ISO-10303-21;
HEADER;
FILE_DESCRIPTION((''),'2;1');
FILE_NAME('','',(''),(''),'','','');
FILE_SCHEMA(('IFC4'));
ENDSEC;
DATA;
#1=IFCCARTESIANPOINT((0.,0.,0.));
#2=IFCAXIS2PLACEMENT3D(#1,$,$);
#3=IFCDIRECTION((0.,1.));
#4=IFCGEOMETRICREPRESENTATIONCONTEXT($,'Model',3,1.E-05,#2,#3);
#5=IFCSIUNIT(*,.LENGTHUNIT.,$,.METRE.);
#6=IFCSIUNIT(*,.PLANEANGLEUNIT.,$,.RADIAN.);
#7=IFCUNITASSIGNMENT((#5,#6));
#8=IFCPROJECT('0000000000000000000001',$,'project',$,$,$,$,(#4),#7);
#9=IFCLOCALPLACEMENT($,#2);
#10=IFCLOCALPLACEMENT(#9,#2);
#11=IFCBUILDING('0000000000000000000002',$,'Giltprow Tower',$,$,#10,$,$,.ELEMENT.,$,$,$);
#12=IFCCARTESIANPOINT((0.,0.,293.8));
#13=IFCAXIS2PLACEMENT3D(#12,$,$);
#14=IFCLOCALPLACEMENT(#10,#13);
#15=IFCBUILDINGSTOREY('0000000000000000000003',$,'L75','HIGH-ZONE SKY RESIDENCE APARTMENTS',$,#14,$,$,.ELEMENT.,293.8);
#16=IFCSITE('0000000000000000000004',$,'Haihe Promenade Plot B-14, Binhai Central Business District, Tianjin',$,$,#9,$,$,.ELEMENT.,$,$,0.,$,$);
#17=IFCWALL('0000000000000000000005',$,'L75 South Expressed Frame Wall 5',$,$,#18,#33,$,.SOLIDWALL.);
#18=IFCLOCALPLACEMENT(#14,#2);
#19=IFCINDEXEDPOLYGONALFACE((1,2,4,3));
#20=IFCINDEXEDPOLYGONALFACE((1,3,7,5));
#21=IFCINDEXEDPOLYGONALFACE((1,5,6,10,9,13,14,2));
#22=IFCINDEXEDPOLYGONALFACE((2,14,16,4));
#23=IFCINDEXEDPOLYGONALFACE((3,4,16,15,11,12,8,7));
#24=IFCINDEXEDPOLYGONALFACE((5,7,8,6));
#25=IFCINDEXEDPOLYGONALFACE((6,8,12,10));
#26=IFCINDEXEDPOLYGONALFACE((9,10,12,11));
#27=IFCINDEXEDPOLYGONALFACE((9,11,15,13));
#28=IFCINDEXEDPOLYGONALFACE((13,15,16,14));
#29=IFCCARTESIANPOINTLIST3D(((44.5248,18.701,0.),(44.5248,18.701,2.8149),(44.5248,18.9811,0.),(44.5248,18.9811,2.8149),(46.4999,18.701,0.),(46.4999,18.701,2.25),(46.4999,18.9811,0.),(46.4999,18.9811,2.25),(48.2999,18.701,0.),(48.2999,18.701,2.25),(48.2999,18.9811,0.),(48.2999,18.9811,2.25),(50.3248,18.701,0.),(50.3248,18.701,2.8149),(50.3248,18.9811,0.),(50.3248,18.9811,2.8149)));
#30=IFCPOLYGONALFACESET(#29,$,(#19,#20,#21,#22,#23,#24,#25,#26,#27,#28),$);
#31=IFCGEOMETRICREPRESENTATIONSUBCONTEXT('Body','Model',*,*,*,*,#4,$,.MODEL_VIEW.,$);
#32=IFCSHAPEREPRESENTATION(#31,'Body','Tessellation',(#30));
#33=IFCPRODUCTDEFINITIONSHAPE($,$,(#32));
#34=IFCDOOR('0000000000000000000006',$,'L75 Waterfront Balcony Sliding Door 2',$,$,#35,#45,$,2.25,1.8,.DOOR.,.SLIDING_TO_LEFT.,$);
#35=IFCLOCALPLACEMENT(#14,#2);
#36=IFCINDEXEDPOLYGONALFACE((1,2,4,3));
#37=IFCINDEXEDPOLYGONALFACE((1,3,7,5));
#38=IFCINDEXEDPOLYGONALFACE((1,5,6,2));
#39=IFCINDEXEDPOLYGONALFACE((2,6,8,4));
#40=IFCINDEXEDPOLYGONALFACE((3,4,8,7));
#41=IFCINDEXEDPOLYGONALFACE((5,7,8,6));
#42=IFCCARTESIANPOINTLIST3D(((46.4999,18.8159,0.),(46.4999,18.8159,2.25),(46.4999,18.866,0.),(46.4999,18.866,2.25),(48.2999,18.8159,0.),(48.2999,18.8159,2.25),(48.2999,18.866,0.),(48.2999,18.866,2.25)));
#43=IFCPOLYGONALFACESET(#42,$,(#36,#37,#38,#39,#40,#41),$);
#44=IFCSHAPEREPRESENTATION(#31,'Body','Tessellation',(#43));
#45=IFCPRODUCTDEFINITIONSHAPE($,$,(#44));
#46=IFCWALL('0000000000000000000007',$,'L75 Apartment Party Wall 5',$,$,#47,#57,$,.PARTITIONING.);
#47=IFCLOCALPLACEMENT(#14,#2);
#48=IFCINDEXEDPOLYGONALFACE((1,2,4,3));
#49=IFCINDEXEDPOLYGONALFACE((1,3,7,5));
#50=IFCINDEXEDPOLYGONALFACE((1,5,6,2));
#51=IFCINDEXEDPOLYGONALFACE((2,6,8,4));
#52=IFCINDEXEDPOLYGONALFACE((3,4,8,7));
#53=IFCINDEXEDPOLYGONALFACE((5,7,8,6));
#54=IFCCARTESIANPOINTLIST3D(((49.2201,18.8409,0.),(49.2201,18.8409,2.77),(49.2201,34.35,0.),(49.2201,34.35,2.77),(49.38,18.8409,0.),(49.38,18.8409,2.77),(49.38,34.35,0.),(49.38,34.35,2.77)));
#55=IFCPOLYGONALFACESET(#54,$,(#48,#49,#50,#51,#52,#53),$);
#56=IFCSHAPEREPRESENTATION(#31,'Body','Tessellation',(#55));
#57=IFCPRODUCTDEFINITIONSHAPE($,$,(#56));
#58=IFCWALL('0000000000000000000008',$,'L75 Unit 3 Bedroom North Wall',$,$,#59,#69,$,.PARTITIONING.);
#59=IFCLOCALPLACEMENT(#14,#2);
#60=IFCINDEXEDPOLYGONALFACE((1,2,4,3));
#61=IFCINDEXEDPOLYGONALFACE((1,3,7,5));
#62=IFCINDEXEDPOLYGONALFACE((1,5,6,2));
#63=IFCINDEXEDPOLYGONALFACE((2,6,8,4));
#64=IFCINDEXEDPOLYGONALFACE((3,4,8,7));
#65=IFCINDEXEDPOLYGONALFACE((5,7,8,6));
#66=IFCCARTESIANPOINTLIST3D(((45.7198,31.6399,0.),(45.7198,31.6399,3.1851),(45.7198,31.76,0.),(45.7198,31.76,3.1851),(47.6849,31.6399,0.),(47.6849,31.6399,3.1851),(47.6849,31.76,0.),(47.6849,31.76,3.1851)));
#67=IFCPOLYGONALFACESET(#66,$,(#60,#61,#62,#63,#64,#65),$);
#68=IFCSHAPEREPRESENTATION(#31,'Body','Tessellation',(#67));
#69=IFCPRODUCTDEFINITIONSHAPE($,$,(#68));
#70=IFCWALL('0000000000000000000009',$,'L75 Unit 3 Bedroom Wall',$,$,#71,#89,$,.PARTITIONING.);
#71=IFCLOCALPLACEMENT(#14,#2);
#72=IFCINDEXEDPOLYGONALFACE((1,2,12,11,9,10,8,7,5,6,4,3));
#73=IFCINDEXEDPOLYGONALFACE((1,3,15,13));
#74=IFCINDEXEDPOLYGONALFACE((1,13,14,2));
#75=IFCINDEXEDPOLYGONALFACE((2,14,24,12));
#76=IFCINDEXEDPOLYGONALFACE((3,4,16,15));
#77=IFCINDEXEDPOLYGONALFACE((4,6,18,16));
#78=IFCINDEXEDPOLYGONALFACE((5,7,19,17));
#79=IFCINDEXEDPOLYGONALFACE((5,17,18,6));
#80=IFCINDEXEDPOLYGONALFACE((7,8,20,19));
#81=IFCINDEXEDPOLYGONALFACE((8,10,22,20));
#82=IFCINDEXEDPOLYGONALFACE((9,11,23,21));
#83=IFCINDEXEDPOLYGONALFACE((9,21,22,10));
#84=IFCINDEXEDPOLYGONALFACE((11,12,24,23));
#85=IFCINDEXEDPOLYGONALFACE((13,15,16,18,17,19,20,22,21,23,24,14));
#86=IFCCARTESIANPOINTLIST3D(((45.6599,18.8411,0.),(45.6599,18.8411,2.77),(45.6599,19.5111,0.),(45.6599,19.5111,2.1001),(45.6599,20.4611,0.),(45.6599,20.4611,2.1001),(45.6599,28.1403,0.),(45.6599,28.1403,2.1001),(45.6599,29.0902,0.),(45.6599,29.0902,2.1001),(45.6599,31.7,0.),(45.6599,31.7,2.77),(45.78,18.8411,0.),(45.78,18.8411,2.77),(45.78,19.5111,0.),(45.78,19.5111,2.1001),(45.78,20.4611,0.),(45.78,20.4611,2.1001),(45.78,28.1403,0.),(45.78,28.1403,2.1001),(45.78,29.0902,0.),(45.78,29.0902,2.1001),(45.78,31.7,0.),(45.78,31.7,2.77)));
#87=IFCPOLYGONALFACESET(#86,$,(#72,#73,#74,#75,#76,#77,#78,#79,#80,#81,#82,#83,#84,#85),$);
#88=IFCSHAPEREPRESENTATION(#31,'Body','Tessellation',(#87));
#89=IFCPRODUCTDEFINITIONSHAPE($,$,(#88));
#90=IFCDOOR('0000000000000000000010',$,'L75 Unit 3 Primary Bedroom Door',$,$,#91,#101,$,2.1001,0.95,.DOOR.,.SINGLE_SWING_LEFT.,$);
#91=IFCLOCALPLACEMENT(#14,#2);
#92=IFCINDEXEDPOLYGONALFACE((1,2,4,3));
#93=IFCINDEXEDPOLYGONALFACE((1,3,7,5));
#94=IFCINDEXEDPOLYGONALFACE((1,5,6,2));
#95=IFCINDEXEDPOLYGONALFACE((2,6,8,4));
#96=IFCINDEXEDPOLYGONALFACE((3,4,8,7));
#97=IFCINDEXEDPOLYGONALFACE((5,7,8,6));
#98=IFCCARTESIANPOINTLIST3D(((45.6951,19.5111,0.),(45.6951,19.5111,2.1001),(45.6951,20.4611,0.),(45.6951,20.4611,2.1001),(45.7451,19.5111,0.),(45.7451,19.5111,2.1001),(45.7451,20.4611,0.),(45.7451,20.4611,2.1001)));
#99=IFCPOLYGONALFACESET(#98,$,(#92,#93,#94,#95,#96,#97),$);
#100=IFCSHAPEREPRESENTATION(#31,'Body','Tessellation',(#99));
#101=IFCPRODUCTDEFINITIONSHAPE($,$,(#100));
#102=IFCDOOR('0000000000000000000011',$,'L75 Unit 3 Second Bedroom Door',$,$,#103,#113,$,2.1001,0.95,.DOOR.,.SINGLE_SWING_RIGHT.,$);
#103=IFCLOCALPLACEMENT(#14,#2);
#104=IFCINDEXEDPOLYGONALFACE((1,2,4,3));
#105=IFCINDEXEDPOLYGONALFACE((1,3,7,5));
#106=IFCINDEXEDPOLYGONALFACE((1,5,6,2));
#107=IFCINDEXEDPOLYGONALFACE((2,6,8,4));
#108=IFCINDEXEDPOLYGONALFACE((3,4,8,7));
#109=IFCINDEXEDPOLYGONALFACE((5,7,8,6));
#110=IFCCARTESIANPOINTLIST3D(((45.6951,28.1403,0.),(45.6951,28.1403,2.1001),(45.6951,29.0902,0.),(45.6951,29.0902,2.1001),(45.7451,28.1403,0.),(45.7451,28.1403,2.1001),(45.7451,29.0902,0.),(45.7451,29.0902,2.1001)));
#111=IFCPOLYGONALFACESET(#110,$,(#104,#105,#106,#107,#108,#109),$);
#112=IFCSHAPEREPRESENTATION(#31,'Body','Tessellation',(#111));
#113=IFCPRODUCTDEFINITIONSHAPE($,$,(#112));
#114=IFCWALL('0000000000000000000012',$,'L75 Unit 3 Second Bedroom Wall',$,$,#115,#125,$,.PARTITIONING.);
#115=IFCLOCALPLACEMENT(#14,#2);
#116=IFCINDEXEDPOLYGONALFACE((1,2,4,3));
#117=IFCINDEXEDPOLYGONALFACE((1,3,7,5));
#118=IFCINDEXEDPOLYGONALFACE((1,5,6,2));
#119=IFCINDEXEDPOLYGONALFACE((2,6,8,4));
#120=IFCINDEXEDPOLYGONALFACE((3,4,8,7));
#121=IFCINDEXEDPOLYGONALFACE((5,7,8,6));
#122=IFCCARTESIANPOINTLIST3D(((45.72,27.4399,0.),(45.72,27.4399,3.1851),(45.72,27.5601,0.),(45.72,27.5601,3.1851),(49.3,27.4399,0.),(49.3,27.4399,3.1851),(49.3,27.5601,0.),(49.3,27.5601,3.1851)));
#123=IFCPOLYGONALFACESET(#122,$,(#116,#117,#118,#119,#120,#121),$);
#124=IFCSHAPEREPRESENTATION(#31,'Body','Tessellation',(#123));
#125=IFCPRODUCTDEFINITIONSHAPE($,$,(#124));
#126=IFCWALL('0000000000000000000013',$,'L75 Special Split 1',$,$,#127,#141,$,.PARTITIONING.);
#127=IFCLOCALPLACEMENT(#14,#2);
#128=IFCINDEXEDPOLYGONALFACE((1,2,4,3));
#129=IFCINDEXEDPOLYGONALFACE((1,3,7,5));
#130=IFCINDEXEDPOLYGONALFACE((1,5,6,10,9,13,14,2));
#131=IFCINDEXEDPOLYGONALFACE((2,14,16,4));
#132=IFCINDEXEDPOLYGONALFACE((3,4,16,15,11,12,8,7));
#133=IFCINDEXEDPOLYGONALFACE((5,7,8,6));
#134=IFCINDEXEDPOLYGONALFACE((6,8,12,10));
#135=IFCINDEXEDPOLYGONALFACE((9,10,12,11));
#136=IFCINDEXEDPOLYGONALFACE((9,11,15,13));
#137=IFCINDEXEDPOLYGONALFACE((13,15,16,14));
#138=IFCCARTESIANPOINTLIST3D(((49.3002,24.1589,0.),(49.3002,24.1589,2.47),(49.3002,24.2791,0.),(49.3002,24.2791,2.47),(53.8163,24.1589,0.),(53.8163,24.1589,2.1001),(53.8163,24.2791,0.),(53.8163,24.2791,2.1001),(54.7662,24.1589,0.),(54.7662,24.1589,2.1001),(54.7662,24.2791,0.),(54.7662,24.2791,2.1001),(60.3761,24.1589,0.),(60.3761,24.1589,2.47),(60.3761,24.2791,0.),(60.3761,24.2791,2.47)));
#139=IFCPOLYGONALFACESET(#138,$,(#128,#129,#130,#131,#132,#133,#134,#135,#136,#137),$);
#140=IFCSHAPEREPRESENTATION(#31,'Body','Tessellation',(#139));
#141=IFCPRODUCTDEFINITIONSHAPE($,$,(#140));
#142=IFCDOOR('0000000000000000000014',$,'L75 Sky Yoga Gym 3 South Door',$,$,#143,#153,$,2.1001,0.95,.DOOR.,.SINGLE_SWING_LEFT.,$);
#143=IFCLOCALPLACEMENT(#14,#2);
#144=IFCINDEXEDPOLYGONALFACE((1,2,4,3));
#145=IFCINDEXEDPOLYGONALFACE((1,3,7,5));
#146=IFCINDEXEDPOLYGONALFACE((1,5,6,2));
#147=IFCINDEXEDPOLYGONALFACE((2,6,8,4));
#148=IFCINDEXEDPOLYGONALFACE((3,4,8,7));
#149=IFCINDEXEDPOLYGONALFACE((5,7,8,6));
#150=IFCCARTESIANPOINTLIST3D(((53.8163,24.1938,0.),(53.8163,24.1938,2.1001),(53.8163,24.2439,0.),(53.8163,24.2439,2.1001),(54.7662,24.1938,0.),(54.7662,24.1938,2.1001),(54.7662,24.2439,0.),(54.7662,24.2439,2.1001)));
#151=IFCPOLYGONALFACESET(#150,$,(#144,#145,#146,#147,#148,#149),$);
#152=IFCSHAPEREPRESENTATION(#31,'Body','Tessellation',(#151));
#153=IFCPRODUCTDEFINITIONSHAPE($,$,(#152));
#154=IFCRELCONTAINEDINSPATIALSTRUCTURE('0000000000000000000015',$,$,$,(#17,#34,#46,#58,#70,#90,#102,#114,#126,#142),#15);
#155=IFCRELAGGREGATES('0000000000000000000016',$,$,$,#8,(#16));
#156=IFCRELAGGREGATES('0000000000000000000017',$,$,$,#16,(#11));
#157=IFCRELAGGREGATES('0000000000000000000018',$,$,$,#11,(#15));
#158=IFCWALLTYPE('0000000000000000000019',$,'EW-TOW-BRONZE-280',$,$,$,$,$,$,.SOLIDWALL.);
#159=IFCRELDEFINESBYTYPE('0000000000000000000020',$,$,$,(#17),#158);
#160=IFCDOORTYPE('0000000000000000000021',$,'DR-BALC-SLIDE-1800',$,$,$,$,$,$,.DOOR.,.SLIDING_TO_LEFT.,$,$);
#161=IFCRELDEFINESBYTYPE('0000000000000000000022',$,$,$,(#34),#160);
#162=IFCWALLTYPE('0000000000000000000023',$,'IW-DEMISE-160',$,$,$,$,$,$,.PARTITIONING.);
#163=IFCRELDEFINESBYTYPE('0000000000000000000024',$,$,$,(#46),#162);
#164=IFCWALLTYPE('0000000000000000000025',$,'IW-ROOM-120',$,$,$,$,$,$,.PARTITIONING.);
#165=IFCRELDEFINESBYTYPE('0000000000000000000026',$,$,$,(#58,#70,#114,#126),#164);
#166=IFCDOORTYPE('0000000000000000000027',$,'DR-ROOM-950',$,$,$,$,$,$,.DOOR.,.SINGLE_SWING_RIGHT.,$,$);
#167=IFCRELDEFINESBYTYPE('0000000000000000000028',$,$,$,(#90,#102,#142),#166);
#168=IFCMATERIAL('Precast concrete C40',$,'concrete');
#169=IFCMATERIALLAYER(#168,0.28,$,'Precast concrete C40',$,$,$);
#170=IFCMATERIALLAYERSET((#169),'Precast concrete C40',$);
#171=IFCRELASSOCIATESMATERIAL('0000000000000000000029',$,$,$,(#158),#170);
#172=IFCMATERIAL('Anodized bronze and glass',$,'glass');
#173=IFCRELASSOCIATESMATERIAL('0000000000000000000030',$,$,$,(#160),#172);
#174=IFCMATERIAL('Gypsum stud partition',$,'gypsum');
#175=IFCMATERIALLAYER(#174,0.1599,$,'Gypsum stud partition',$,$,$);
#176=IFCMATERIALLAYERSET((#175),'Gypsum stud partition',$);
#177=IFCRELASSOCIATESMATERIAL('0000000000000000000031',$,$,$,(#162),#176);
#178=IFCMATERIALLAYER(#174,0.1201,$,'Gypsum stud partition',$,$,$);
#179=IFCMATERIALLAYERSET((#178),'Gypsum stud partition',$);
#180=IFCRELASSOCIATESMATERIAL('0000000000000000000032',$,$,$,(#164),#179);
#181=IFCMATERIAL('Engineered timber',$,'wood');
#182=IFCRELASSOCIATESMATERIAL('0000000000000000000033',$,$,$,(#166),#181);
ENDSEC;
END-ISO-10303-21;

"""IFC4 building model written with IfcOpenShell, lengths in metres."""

from ifc_helpers import new_model, si_unit, direction, frame, frame_2d, origin, place, context, subcontext, project, spatial, rectangle, extrude, source, transform, mapped, material, layer, layer_set, type_object, element, fill, save


model = new_model("IFC4")

# Units and contexts
model_context = context("Model", 3, precision=1e-05, world=origin(), true_north=direction((0.0, 1.0)))
body_context = subcontext(model_context, "Body", "Model", "MODEL_VIEW")
ifc_project = project(units=[si_unit("LENGTHUNIT", "METRE"), si_unit("PLANEANGLEUNIT", "RADIAN")], contexts=[model_context])

# Site, building, storey
site_placement = place(None, origin())
site = spatial("IfcSite", under=ifc_project, at=site_placement, Name="Haihe Promenade Plot B-14, Binhai Central Business District, Tianjin", CompositionType="ELEMENT", RefElevation=0.0)
building_placement = place(site_placement, origin())
building = spatial("IfcBuilding", under=site, at=building_placement, Name="Giltprow Tower", CompositionType="ELEMENT")
storey_placement = place(building_placement, frame((0.0, 0.0, 293.8)))
storey = spatial("IfcBuildingStorey", under=building, at=storey_placement, Name="L75", Description="HIGH-ZONE SKY RESIDENCE APARTMENTS", CompositionType="ELEMENT", Elevation=293.8)

# Wall, opening, door
ifc_material_1 = material(Name="Precast concrete C40", Category="concrete")
ifc_layer_1 = layer(ifc_material_1, 0.28, Name="Precast concrete C40")
ifc_layer_set_1 = layer_set([ifc_layer_1], Name="Precast concrete C40")
wall_type_1 = type_object("IfcWallType", Name="EW-TOW-BRONZE-280", PredefinedType="SOLIDWALL", material=ifc_layer_set_1)
wall_1_placement = place(storey_placement, frame((44.5249, 18.8411, 0.0), z_axis=(0.0, 0.0, 1.0), x_axis=(1.0, 0.0, 0.0)))
wall_1 = element("IfcWall", 1, at=wall_1_placement, inside=storey, type_object=wall_type_1, Name="L75 South Expressed Frame Wall 5", PredefinedType="SOLIDWALL", context=body_context, shape_type="SweptSolid", body=[
    extrude(rectangle(XDim=5.8, YDim=0.28, at=frame_2d((2.8999, 0.0))), origin(), (0.0, 0.0, 1.0), 2.8149),
])
opening_1_placement = place(wall_1_placement, frame((1.9751, 0.0, 0.0)))
opening_1 = element("IfcOpeningElement", 2, at=opening_1_placement, cuts=wall_1, PredefinedType="OPENING", context=body_context, shape_type="SweptSolid", body=[
    extrude(rectangle(XDim=1.8, YDim=2.25, at=frame_2d((0.8999, 1.125))), frame((0.0, 0.1499, 0.0), z_axis=(0.0, -1.0, 0.0), x_axis=(1.0, 0.0, 0.0)), (0.0, 0.0, 1.0), 0.3),
])
ifc_material_2 = material(Name="Anodized bronze and glass", Category="glass")
door_type_1 = type_object("IfcDoorType", Name="DR-BALC-SLIDE-1800", OperationType="SLIDING_TO_LEFT", PredefinedType="DOOR", material=ifc_material_2)
shared_shape_1 = source(origin(), body_context, "Body", "SweptSolid", [
    extrude(rectangle(XDim=1.8, YDim=2.25, at=frame_2d((0.8999, 1.125))), frame((0.0, 0.0249, 0.0), z_axis=(0.0, -1.0, 0.0), x_axis=(1.0, 0.0, 0.0)), (0.0, 0.0, 1.0), 0.05),
])
door_1_placement = place(opening_1_placement, origin())
door_1 = element("IfcDoor", 3, at=door_1_placement, inside=storey, type_object=door_type_1, Name="L75 Waterfront Balcony Sliding Door 2", OperationType="SLIDING_TO_LEFT", OverallHeight=2.25, OverallWidth=1.8, PredefinedType="DOOR", context=body_context, shape_type="MappedRepresentation", body=[
    mapped(shared_shape_1, transform((0.0, 0.0, 0.0), x_axis=(1.0, 0.0, 0.0), y_axis=(0.0, 1.0, 0.0), z_axis=(0.0, 0.0, 1.0), scale=1.0)),
])
fill(opening_1, door_1)

# Walls
ifc_material_3 = material(Name="Gypsum stud partition", Category="gypsum")
ifc_layer_2 = layer(ifc_material_3, 0.1599, Name="Gypsum stud partition")
ifc_layer_set_2 = layer_set([ifc_layer_2], Name="Gypsum stud partition")
wall_type_2 = type_object("IfcWallType", Name="IW-DEMISE-160", PredefinedType="PARTITIONING", material=ifc_layer_set_2)
wall_2_placement = place(storey_placement, frame((49.3, 18.8411, 0.0), z_axis=(0.0, 0.0, 1.0), x_axis=(0.0, 1.0, 0.0)))
element("IfcWall", 4, at=wall_2_placement, inside=storey, type_object=wall_type_2, Name="L75 Apartment Party Wall 5", PredefinedType="PARTITIONING", context=body_context, shape_type="SweptSolid", body=[
    extrude(rectangle(XDim=15.509, YDim=0.1599, at=frame_2d((7.7544, 0.0))), origin(), (0.0, 0.0, 1.0), 2.77),
])
ifc_layer_3 = layer(ifc_material_3, 0.1201, Name="Gypsum stud partition")
ifc_layer_set_3 = layer_set([ifc_layer_3], Name="Gypsum stud partition")
wall_type_3 = type_object("IfcWallType", Name="IW-ROOM-120", PredefinedType="PARTITIONING", material=ifc_layer_set_3)
wall_3_placement = place(storey_placement, frame((45.72, 31.7, 0.0), z_axis=(0.0, 0.0, 1.0), x_axis=(1.0, 0.0, 0.0)))
element("IfcWall", 5, at=wall_3_placement, inside=storey, type_object=wall_type_3, Name="L75 Unit 3 Bedroom North Wall", PredefinedType="PARTITIONING", context=body_context, shape_type="SweptSolid", body=[
    extrude(rectangle(XDim=1.9651, YDim=0.1201, at=frame_2d((0.9824, 0.0))), origin(), (0.0, 0.0, 1.0), 3.1851),
])

# Wall, openings, doors
wall_4_placement = place(storey_placement, frame((45.72, 18.8411, 0.0), z_axis=(0.0, 0.0, 1.0), x_axis=(0.0, 1.0, 0.0)))
wall_4 = element("IfcWall", 6, at=wall_4_placement, inside=storey, type_object=wall_type_3, Name="L75 Unit 3 Bedroom Wall", PredefinedType="PARTITIONING", context=body_context, shape_type="SweptSolid", body=[
    extrude(rectangle(XDim=12.8589, YDim=0.1201, at=frame_2d((6.4294, 0.0))), origin(), (0.0, 0.0, 1.0), 2.77),
])
opening_2_placement = place(wall_4_placement, frame((0.6699, 0.0, 0.0)))
opening_2 = element("IfcOpeningElement", 7, at=opening_2_placement, cuts=wall_4, PredefinedType="OPENING", context=body_context, shape_type="SweptSolid", body=[
    extrude(rectangle(XDim=0.95, YDim=2.1001, at=frame_2d((0.4751, 1.05))), frame((0.0, 0.0701, 0.0), z_axis=(0.0, -1.0, 0.0), x_axis=(1.0, 0.0, 0.0)), (0.0, 0.0, 1.0), 0.1401),
])
opening_3_placement = place(wall_4_placement, frame((9.2991, 0.0, 0.0)))
opening_3 = element("IfcOpeningElement", 8, at=opening_3_placement, cuts=wall_4, PredefinedType="OPENING", context=body_context, shape_type="SweptSolid", body=[
    extrude(rectangle(XDim=0.95, YDim=2.1001, at=frame_2d((0.4751, 1.05))), frame((0.0, 0.0701, 0.0), z_axis=(0.0, -1.0, 0.0), x_axis=(1.0, 0.0, 0.0)), (0.0, 0.0, 1.0), 0.1401),
])
ifc_material_4 = material(Name="Engineered timber", Category="wood")
door_type_2 = type_object("IfcDoorType", Name="DR-ROOM-950", OperationType="SINGLE_SWING_RIGHT", PredefinedType="DOOR", material=ifc_material_4)
shared_shape_2 = source(origin(), body_context, "Body", "SweptSolid", [
    extrude(rectangle(XDim=0.95, YDim=2.1001, at=frame_2d((0.4751, 1.05))), frame((0.0, 0.0249, 0.0), z_axis=(0.0, -1.0, 0.0), x_axis=(1.0, 0.0, 0.0)), (0.0, 0.0, 1.0), 0.05),
])
door_2_placement = place(opening_2_placement, origin())
door_2 = element("IfcDoor", 9, at=door_2_placement, inside=storey, type_object=door_type_2, Name="L75 Unit 3 Primary Bedroom Door", OperationType="SINGLE_SWING_LEFT", OverallHeight=2.1001, OverallWidth=0.95, PredefinedType="DOOR", context=body_context, shape_type="MappedRepresentation", body=[
    mapped(shared_shape_2, transform((0.0, 0.0, 0.0), x_axis=(1.0, 0.0, 0.0), y_axis=(0.0, 1.0, 0.0), z_axis=(0.0, 0.0, 1.0), scale=1.0)),
])
fill(opening_2, door_2)
door_3_placement = place(opening_3_placement, origin())
door_3 = element("IfcDoor", 10, at=door_3_placement, inside=storey, type_object=door_type_2, Name="L75 Unit 3 Second Bedroom Door", OperationType="SINGLE_SWING_RIGHT", OverallHeight=2.1001, OverallWidth=0.95, PredefinedType="DOOR", context=body_context, shape_type="MappedRepresentation", body=[
    mapped(shared_shape_2, transform((0.0, 0.0, 0.0), x_axis=(1.0, 0.0, 0.0), y_axis=(0.0, 1.0, 0.0), z_axis=(0.0, 0.0, 1.0), scale=1.0)),
])
fill(opening_3, door_3)

# Wall
wall_5_placement = place(storey_placement, frame((45.72, 27.5, 0.0), z_axis=(0.0, 0.0, 1.0), x_axis=(1.0, 0.0, 0.0)))
element("IfcWall", 11, at=wall_5_placement, inside=storey, type_object=wall_type_3, Name="L75 Unit 3 Second Bedroom Wall", PredefinedType="PARTITIONING", context=body_context, shape_type="SweptSolid", body=[
    extrude(rectangle(XDim=3.5801, YDim=0.1201, at=frame_2d((1.79, 0.0))), origin(), (0.0, 0.0, 1.0), 3.1851),
])

# Wall, opening, door
wall_6_placement = place(storey_placement, frame((49.3, 24.219, 0.0), z_axis=(0.0, 0.0, 1.0), x_axis=(1.0, 0.0, 0.0)))
wall_6 = element("IfcWall", 12, at=wall_6_placement, inside=storey, type_object=wall_type_3, Name="L75 Special Split 1", PredefinedType="PARTITIONING", context=body_context, shape_type="SweptSolid", body=[
    extrude(rectangle(XDim=11.0759, YDim=0.1201, at=frame_2d((5.5381, 0.0))), origin(), (0.0, 0.0, 1.0), 2.47),
])
opening_4_placement = place(wall_6_placement, frame((4.5161, 0.0, 0.0)))
opening_4 = element("IfcOpeningElement", 13, at=opening_4_placement, cuts=wall_6, PredefinedType="OPENING", context=body_context, shape_type="SweptSolid", body=[
    extrude(rectangle(XDim=0.95, YDim=2.1001, at=frame_2d((0.4751, 1.05))), frame((0.0, 0.0701, 0.0), z_axis=(0.0, -1.0, 0.0), x_axis=(1.0, 0.0, 0.0)), (0.0, 0.0, 1.0), 0.1401),
])
door_4_placement = place(opening_4_placement, origin())
door_4 = element("IfcDoor", 14, at=door_4_placement, inside=storey, type_object=door_type_2, Name="L75 Sky Yoga Gym 3 South Door", OperationType="SINGLE_SWING_LEFT", OverallHeight=2.1001, OverallWidth=0.95, PredefinedType="DOOR", context=body_context, shape_type="MappedRepresentation", body=[
    mapped(shared_shape_2, transform((0.0, 0.0, 0.0), x_axis=(1.0, 0.0, 0.0), y_axis=(0.0, 1.0, 0.0), z_axis=(0.0, 0.0, 1.0), scale=1.0)),
])
fill(opening_4, door_4)

save(model, "model.ifc")
